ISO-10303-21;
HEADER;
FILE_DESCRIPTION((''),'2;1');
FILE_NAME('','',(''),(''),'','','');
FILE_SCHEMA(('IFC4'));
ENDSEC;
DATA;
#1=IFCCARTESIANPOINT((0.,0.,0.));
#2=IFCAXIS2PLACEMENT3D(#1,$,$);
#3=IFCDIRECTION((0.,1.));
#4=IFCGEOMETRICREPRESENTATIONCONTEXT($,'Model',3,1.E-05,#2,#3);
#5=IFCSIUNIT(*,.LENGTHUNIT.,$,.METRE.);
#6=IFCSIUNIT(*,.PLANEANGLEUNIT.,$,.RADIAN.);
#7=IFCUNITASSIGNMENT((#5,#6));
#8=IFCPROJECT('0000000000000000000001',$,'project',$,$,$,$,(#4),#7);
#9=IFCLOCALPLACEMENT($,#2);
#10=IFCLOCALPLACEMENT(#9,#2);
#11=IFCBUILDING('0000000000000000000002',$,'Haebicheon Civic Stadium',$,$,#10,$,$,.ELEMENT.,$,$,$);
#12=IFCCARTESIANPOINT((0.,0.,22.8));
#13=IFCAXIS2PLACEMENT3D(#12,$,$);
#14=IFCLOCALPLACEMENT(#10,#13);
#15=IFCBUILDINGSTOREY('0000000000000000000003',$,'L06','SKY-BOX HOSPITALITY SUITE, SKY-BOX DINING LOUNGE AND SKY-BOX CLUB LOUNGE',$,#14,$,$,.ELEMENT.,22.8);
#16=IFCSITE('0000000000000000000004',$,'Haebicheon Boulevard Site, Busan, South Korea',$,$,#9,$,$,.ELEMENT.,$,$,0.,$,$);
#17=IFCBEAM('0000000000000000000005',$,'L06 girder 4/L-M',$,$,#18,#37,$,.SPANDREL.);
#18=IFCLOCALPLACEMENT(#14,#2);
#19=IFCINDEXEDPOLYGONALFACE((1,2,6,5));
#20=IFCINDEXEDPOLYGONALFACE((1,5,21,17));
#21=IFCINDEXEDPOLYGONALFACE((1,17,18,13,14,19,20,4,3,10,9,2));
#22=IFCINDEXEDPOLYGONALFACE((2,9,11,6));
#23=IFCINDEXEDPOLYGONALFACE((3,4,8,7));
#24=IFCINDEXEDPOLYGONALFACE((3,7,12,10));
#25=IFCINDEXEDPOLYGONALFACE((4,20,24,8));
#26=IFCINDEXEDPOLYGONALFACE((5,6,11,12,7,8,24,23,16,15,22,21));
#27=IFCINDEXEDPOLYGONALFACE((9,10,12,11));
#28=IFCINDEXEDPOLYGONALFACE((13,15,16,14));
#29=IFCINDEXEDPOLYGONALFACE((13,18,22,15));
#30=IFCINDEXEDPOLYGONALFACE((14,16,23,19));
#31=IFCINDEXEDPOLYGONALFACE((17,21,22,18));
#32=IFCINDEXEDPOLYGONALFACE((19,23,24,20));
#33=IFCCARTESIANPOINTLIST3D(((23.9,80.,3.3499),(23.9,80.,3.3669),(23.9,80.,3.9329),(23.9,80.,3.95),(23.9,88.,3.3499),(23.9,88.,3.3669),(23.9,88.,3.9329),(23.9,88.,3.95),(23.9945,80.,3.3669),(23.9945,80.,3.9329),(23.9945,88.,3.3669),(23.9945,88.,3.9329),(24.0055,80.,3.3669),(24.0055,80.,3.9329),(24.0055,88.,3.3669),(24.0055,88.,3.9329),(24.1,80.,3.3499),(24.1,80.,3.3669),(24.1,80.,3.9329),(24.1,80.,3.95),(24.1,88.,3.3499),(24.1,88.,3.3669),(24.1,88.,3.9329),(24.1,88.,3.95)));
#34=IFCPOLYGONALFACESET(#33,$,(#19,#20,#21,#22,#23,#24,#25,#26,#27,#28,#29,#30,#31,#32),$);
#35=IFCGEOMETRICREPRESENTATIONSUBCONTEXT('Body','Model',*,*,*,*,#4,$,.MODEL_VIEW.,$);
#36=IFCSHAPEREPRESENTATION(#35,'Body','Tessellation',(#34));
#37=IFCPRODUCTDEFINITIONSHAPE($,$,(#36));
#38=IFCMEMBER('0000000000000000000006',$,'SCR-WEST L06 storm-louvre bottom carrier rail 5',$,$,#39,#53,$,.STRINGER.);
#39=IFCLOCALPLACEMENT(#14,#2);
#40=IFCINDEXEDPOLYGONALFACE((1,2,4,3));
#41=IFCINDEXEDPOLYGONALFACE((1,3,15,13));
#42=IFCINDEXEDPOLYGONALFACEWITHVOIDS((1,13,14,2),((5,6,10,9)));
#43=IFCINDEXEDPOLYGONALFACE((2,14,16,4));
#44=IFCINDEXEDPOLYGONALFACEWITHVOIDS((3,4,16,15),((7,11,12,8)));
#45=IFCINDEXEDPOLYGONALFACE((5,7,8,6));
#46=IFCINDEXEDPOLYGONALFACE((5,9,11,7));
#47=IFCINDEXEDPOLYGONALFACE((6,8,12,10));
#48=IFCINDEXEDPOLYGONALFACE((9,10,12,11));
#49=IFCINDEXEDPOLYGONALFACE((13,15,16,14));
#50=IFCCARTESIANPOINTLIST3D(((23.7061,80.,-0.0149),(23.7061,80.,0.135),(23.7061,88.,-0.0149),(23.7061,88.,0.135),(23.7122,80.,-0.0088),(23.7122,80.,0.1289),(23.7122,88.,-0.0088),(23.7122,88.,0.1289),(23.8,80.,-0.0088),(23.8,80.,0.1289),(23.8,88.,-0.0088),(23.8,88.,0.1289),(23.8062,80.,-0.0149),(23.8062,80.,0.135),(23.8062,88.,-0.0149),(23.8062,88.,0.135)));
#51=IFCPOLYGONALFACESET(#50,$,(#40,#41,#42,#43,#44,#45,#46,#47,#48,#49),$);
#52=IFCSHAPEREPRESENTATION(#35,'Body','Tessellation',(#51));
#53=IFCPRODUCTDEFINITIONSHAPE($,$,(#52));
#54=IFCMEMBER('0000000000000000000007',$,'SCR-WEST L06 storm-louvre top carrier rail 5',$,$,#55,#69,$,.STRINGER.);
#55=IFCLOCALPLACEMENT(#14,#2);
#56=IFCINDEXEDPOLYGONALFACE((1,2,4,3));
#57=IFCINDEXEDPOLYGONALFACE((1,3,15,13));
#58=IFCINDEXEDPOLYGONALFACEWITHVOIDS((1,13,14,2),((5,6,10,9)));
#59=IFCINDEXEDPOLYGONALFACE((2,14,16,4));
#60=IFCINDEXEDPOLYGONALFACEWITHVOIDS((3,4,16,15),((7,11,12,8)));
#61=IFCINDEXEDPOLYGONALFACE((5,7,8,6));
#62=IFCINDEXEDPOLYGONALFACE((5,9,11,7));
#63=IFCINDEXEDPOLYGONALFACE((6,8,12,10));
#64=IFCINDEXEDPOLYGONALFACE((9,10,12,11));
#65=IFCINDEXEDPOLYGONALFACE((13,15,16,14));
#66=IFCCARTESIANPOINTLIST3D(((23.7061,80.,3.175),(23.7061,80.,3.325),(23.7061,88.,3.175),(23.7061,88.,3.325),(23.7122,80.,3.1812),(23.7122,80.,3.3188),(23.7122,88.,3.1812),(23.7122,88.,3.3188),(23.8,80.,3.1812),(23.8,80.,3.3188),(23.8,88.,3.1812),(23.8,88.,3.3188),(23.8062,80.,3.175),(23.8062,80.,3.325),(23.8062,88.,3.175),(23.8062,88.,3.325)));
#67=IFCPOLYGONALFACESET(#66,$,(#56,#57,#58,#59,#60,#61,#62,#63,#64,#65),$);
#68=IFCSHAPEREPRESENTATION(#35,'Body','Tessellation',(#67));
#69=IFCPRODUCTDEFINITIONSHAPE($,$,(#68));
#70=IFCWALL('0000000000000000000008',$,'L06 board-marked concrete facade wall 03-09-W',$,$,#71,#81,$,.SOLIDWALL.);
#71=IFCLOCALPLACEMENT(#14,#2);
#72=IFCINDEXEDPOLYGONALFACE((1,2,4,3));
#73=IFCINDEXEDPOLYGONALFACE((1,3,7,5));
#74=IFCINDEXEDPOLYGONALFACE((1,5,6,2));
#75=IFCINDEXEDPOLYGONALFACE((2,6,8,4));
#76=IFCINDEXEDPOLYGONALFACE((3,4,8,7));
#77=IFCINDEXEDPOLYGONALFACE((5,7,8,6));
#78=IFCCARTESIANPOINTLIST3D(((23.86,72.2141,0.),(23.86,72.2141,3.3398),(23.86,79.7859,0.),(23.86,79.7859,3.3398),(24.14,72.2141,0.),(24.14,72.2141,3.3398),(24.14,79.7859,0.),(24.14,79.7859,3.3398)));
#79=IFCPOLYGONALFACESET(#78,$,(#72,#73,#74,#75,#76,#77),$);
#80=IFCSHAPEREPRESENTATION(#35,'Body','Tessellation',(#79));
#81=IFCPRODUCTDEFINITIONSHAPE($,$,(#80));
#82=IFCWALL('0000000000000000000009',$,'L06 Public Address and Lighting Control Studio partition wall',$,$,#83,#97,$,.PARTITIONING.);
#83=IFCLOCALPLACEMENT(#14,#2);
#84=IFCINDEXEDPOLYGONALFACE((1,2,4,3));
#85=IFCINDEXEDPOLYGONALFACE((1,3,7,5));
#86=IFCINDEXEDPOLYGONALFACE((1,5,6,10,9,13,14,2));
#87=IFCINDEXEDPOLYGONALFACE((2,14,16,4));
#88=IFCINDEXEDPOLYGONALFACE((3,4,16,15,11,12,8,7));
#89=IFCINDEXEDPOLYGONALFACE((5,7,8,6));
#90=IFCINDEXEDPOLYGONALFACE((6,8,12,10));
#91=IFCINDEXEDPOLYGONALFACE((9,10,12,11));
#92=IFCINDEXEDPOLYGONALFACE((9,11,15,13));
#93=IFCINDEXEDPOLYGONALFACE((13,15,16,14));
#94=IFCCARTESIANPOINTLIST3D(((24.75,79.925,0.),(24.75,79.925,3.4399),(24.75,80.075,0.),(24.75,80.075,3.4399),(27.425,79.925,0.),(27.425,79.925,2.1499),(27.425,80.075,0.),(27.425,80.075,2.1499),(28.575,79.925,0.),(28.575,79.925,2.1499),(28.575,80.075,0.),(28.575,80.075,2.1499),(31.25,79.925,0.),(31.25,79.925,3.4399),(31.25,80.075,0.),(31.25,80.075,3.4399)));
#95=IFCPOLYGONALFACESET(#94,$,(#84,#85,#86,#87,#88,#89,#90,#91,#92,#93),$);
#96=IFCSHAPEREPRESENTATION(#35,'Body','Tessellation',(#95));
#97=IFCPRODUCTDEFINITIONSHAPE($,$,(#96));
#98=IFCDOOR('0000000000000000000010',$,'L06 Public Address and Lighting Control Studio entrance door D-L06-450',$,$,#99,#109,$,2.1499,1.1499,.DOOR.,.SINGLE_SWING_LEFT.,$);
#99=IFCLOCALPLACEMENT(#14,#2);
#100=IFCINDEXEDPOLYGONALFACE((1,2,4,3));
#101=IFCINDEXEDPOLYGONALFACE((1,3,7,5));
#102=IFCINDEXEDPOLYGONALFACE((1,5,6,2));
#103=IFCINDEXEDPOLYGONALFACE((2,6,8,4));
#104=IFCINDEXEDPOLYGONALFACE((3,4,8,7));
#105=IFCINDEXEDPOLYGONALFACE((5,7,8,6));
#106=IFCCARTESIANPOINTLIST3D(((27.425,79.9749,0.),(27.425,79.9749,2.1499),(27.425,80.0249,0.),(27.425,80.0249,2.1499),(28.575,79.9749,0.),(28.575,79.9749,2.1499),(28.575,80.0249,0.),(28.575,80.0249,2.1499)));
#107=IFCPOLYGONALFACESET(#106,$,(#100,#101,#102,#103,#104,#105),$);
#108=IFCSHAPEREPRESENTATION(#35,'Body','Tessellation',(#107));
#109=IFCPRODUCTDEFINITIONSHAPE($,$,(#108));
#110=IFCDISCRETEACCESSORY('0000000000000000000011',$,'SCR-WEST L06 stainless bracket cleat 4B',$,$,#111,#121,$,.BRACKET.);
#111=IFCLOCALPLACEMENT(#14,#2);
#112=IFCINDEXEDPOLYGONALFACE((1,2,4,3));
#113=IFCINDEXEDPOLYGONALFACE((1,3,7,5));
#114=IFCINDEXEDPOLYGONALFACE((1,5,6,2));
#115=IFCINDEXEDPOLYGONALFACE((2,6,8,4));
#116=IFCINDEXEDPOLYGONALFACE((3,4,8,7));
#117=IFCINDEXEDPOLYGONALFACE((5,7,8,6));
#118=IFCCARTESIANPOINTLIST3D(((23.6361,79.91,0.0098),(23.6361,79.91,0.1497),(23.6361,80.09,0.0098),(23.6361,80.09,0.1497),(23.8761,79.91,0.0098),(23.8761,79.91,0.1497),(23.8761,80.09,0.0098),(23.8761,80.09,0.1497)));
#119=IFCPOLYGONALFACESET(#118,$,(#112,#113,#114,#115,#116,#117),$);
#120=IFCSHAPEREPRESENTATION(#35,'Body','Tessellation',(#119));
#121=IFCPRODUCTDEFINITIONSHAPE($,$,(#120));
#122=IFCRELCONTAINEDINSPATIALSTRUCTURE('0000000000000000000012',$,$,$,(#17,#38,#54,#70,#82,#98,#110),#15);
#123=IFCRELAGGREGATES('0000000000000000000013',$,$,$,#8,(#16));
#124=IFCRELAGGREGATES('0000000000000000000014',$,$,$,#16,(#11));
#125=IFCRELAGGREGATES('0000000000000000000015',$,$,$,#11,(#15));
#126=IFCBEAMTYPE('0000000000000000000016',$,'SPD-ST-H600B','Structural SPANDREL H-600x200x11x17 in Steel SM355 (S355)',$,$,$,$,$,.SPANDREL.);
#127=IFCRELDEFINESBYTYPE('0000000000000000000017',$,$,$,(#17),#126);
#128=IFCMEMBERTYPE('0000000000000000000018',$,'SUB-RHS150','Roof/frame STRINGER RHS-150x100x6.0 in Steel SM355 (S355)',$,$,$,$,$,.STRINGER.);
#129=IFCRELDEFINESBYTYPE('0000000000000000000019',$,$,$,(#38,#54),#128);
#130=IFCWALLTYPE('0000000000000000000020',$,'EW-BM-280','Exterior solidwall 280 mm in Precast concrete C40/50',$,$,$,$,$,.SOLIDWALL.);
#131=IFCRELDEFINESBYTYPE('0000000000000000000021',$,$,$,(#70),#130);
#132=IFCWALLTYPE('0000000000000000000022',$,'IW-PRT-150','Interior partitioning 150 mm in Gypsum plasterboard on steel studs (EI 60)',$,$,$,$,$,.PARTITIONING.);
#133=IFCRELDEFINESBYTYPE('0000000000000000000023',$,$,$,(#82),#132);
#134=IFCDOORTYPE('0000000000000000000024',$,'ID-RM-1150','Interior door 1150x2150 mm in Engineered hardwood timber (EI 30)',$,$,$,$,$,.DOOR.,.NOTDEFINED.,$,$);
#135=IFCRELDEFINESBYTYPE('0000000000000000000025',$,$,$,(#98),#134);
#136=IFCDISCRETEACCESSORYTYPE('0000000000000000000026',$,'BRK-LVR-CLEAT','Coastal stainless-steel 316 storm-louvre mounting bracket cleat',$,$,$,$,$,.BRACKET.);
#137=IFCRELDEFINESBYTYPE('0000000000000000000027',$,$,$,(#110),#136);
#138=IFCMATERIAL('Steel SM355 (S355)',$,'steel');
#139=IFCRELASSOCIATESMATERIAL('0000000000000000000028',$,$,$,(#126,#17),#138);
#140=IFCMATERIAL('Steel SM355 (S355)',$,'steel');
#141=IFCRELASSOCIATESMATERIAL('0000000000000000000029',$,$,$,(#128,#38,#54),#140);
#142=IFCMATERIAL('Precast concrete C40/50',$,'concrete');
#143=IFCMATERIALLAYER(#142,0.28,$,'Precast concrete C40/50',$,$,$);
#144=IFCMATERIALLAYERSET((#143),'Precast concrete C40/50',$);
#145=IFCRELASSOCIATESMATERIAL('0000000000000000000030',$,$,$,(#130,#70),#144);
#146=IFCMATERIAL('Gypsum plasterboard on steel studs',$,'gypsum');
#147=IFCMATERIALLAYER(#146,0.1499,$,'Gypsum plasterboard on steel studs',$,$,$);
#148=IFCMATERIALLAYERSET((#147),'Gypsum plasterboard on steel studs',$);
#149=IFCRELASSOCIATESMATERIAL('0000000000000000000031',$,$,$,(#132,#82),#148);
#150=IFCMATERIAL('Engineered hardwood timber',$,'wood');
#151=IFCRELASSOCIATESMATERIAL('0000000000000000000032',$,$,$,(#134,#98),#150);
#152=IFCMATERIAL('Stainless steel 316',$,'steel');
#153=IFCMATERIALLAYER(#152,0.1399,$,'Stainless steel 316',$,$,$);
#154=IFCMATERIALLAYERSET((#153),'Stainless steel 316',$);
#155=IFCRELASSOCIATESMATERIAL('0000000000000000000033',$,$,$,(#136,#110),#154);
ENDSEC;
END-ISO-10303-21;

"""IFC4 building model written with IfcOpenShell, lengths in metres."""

from ifc_helpers import new_model, si_unit, direction, frame, frame_2d, origin, origin_2d, place, context, subcontext, project, spatial, rectangle, hollow_rectangle, i_section, extrude, material, layer, layer_set, material_profile, profile_set, type_object, element, fill, save


model = new_model("IFC4")

# Units and contexts
model_context = context("Model", 3, precision=1e-05, world=origin(), true_north=direction((0.0, 1.0)))
body_context = subcontext(model_context, "Body", "Model", "MODEL_VIEW")
ifc_project = project(units=[si_unit("LENGTHUNIT", "METRE"), si_unit("PLANEANGLEUNIT", "RADIAN")], contexts=[model_context])

# Site, building, storey
site_placement = place(None, origin())
site = spatial("IfcSite", under=ifc_project, at=site_placement, Name="Haebicheon Boulevard Site, Busan, South Korea", CompositionType="ELEMENT", RefElevation=0.0)
building_placement = place(site_placement, origin())
building = spatial("IfcBuilding", under=site, at=building_placement, Name="Haebicheon Civic Stadium", CompositionType="ELEMENT")
storey_placement = place(building_placement, frame((0.0, 0.0, 22.8)))
storey = spatial("IfcBuildingStorey", under=building, at=storey_placement, Name="L06", Description="SKY-BOX HOSPITALITY SUITE, SKY-BOX DINING LOUNGE AND SKY-BOX CLUB LOUNGE", CompositionType="ELEMENT", Elevation=22.8)

# Beam
ifc_material_1 = material(Name="Steel SM355 (S355)", Category="steel")
ifc_material_profile_1 = material_profile(ifc_material_1, i_section(OverallWidth=0.2, OverallDepth=0.6001, WebThickness=0.011, FlangeThickness=0.0171, at=origin_2d()), Name="H-600x200x11x17")
ifc_profile_set_1 = profile_set([ifc_material_profile_1], Name="Steel SM355 (S355)")
beam_type_1 = type_object("IfcBeamType", Name="SPD-ST-H600B", Description="Structural SPANDREL H-600x200x11x17 in Steel SM355 (S355)", PredefinedType="SPANDREL", material=ifc_profile_set_1)
beam_1_placement = place(storey_placement, frame((24.0, 80.0, 3.6499), z_axis=(0.0, 1.0, 0.0), x_axis=(-1.0, 0.0, 0.0)))
element("IfcBeam", 1, at=beam_1_placement, inside=storey, type_object=beam_type_1, material=ifc_profile_set_1, Name="L06 girder 4/L-M", PredefinedType="SPANDREL", context=body_context, shape_type="SweptSolid", body=[
    extrude(i_section(OverallWidth=0.2, OverallDepth=0.6001, WebThickness=0.011, FlangeThickness=0.0171, at=origin_2d()), origin(), (0.0, 0.0, 1.0), 8.0),
])

# Members
ifc_material_2 = material(Name="Steel SM355 (S355)", Category="steel")
ifc_material_profile_2 = material_profile(ifc_material_2, hollow_rectangle(XDim=0.1001, YDim=0.1499, WallThickness=0.0061, at=origin_2d()), Name="RHS-150x100x6.0")
ifc_profile_set_2 = profile_set([ifc_material_profile_2], Name="Steel SM355 (S355)")
member_type_1 = type_object("IfcMemberType", Name="SUB-RHS150", Description="Roof/frame STRINGER RHS-150x100x6.0 in Steel SM355 (S355)", PredefinedType="STRINGER", material=ifc_profile_set_2)
for number, where, z_axis, x_axis, name in (
    (2, (23.7561, 80.0, 0.0601), (0.0, 1.0, 0.0), (-1.0, 0.0, 0.0), "SCR-WEST L06 storm-louvre bottom carrier rail 5"),
    (3, (23.7561, 80.0, 3.25), (0.0, 1.0, 0.0), (-1.0, 0.0, 0.0), "SCR-WEST L06 storm-louvre top carrier rail 5"),
):
    element("IfcMember", number, at=place(storey_placement, frame(where, z_axis=z_axis, x_axis=x_axis)), inside=storey, type_object=member_type_1, material=ifc_profile_set_2, Name=name, PredefinedType="STRINGER", context=body_context, shape_type="SweptSolid", body=[
        extrude(hollow_rectangle(XDim=0.1001, YDim=0.1499, WallThickness=0.0061, at=origin_2d()), origin(), (0.0, 0.0, 1.0), 8.0),
    ])

# Wall
ifc_material_3 = material(Name="Precast concrete C40/50", Category="concrete")
ifc_layer_1 = layer(ifc_material_3, 0.28, Name="Precast concrete C40/50")
ifc_layer_set_1 = layer_set([ifc_layer_1], Name="Precast concrete C40/50")
wall_type_1 = type_object("IfcWallType", Name="EW-BM-280", Description="Exterior solidwall 280 mm in Precast concrete C40/50", PredefinedType="SOLIDWALL", material=ifc_layer_set_1)
wall_1_placement = place(storey_placement, frame((24.0, 72.2141, 0.0), z_axis=(0.0, 0.0, 1.0), x_axis=(0.0, 1.0, 0.0)))
element("IfcWall", 4, at=wall_1_placement, inside=storey, type_object=wall_type_1, material=ifc_layer_set_1, Name="L06 board-marked concrete facade wall 03-09-W", PredefinedType="SOLIDWALL", context=body_context, shape_type="SweptSolid", body=[
    extrude(rectangle(XDim=7.5718, YDim=0.28, at=frame_2d((3.7859, 0.0))), origin(), (0.0, 0.0, 1.0), 3.3398),
])

# Wall, opening, door
ifc_material_4 = material(Name="Gypsum plasterboard on steel studs", Category="gypsum")
ifc_layer_2 = layer(ifc_material_4, 0.1499, Name="Gypsum plasterboard on steel studs")
ifc_layer_set_2 = layer_set([ifc_layer_2], Name="Gypsum plasterboard on steel studs")
wall_type_2 = type_object("IfcWallType", Name="IW-PRT-150", Description="Interior partitioning 150 mm in Gypsum plasterboard on steel studs (EI 60)", PredefinedType="PARTITIONING", material=ifc_layer_set_2)
wall_2_placement = place(storey_placement, frame((24.75, 80.0, 0.0), z_axis=(0.0, 0.0, 1.0), x_axis=(1.0, 0.0, 0.0)))
wall_2 = element("IfcWall", 5, at=wall_2_placement, inside=storey, type_object=wall_type_2, material=ifc_layer_set_2, Name="L06 Public Address and Lighting Control Studio partition wall", PredefinedType="PARTITIONING", context=body_context, shape_type="SweptSolid", body=[
    extrude(rectangle(XDim=6.5, YDim=0.1499, at=frame_2d((3.25, 0.0))), origin(), (0.0, 0.0, 1.0), 3.4399),
])
opening_placement = place(wall_2_placement, frame((2.675, 0.0, 0.0)))
opening = element("IfcOpeningElement", 6, at=opening_placement, cuts=wall_2, PredefinedType="OPENING", context=body_context, shape_type="SweptSolid", body=[
    extrude(rectangle(XDim=1.1499, YDim=2.1499, at=frame_2d((0.575, 1.075))), frame((0.0, 0.085, 0.0), z_axis=(0.0, -1.0, 0.0), x_axis=(1.0, 0.0, 0.0)), (0.0, 0.0, 1.0), 0.1699),
])
ifc_material_5 = material(Name="Engineered hardwood timber", Category="wood")
door_type = type_object("IfcDoorType", Name="ID-RM-1150", Description="Interior door 1150x2150 mm in Engineered hardwood timber (EI 30)", OperationType="NOTDEFINED", PredefinedType="DOOR", material=ifc_material_5)
door_placement = place(opening_placement, origin())
door = element("IfcDoor", 7, at=door_placement, inside=storey, type_object=door_type, material=ifc_material_5, Name="L06 Public Address and Lighting Control Studio entrance door D-L06-450", OperationType="SINGLE_SWING_LEFT", OverallHeight=2.1499, OverallWidth=1.1499, PredefinedType="DOOR", context=body_context, shape_type="SweptSolid", body=[
    extrude(rectangle(XDim=1.1499, YDim=2.1499, at=frame_2d((0.575, 1.075))), frame((0.0, 0.0249, 0.0), z_axis=(0.0, -1.0, 0.0), x_axis=(1.0, 0.0, 0.0)), (0.0, 0.0, 1.0), 0.05),
])
fill(opening, door)

# Discrete accessory
ifc_material_6 = material(Name="Stainless steel 316", Category="steel")
ifc_layer_3 = layer(ifc_material_6, 0.1399, Name="Stainless steel 316")
ifc_layer_set_3 = layer_set([ifc_layer_3], Name="Stainless steel 316")
discrete_accessory_type = type_object("IfcDiscreteAccessoryType", Name="BRK-LVR-CLEAT", Description="Coastal stainless-steel 316 storm-louvre mounting bracket cleat", PredefinedType="BRACKET", material=ifc_layer_set_3)
discrete_accessory_placement = place(storey_placement, frame((23.7561, 80.0, 0.0098), z_axis=(0.0, 0.0, 1.0), x_axis=(1.0, 0.0, 0.0)))
element("IfcDiscreteAccessory", 8, at=discrete_accessory_placement, inside=storey, type_object=discrete_accessory_type, material=ifc_layer_set_3, Name="SCR-WEST L06 stainless bracket cleat 4B", PredefinedType="BRACKET", context=body_context, shape_type="SweptSolid", body=[
    extrude(rectangle(XDim=0.24, YDim=0.1799, at=origin_2d()), origin(), (0.0, 0.0, 1.0), 0.1399),
])

save(model, "model.ifc")
